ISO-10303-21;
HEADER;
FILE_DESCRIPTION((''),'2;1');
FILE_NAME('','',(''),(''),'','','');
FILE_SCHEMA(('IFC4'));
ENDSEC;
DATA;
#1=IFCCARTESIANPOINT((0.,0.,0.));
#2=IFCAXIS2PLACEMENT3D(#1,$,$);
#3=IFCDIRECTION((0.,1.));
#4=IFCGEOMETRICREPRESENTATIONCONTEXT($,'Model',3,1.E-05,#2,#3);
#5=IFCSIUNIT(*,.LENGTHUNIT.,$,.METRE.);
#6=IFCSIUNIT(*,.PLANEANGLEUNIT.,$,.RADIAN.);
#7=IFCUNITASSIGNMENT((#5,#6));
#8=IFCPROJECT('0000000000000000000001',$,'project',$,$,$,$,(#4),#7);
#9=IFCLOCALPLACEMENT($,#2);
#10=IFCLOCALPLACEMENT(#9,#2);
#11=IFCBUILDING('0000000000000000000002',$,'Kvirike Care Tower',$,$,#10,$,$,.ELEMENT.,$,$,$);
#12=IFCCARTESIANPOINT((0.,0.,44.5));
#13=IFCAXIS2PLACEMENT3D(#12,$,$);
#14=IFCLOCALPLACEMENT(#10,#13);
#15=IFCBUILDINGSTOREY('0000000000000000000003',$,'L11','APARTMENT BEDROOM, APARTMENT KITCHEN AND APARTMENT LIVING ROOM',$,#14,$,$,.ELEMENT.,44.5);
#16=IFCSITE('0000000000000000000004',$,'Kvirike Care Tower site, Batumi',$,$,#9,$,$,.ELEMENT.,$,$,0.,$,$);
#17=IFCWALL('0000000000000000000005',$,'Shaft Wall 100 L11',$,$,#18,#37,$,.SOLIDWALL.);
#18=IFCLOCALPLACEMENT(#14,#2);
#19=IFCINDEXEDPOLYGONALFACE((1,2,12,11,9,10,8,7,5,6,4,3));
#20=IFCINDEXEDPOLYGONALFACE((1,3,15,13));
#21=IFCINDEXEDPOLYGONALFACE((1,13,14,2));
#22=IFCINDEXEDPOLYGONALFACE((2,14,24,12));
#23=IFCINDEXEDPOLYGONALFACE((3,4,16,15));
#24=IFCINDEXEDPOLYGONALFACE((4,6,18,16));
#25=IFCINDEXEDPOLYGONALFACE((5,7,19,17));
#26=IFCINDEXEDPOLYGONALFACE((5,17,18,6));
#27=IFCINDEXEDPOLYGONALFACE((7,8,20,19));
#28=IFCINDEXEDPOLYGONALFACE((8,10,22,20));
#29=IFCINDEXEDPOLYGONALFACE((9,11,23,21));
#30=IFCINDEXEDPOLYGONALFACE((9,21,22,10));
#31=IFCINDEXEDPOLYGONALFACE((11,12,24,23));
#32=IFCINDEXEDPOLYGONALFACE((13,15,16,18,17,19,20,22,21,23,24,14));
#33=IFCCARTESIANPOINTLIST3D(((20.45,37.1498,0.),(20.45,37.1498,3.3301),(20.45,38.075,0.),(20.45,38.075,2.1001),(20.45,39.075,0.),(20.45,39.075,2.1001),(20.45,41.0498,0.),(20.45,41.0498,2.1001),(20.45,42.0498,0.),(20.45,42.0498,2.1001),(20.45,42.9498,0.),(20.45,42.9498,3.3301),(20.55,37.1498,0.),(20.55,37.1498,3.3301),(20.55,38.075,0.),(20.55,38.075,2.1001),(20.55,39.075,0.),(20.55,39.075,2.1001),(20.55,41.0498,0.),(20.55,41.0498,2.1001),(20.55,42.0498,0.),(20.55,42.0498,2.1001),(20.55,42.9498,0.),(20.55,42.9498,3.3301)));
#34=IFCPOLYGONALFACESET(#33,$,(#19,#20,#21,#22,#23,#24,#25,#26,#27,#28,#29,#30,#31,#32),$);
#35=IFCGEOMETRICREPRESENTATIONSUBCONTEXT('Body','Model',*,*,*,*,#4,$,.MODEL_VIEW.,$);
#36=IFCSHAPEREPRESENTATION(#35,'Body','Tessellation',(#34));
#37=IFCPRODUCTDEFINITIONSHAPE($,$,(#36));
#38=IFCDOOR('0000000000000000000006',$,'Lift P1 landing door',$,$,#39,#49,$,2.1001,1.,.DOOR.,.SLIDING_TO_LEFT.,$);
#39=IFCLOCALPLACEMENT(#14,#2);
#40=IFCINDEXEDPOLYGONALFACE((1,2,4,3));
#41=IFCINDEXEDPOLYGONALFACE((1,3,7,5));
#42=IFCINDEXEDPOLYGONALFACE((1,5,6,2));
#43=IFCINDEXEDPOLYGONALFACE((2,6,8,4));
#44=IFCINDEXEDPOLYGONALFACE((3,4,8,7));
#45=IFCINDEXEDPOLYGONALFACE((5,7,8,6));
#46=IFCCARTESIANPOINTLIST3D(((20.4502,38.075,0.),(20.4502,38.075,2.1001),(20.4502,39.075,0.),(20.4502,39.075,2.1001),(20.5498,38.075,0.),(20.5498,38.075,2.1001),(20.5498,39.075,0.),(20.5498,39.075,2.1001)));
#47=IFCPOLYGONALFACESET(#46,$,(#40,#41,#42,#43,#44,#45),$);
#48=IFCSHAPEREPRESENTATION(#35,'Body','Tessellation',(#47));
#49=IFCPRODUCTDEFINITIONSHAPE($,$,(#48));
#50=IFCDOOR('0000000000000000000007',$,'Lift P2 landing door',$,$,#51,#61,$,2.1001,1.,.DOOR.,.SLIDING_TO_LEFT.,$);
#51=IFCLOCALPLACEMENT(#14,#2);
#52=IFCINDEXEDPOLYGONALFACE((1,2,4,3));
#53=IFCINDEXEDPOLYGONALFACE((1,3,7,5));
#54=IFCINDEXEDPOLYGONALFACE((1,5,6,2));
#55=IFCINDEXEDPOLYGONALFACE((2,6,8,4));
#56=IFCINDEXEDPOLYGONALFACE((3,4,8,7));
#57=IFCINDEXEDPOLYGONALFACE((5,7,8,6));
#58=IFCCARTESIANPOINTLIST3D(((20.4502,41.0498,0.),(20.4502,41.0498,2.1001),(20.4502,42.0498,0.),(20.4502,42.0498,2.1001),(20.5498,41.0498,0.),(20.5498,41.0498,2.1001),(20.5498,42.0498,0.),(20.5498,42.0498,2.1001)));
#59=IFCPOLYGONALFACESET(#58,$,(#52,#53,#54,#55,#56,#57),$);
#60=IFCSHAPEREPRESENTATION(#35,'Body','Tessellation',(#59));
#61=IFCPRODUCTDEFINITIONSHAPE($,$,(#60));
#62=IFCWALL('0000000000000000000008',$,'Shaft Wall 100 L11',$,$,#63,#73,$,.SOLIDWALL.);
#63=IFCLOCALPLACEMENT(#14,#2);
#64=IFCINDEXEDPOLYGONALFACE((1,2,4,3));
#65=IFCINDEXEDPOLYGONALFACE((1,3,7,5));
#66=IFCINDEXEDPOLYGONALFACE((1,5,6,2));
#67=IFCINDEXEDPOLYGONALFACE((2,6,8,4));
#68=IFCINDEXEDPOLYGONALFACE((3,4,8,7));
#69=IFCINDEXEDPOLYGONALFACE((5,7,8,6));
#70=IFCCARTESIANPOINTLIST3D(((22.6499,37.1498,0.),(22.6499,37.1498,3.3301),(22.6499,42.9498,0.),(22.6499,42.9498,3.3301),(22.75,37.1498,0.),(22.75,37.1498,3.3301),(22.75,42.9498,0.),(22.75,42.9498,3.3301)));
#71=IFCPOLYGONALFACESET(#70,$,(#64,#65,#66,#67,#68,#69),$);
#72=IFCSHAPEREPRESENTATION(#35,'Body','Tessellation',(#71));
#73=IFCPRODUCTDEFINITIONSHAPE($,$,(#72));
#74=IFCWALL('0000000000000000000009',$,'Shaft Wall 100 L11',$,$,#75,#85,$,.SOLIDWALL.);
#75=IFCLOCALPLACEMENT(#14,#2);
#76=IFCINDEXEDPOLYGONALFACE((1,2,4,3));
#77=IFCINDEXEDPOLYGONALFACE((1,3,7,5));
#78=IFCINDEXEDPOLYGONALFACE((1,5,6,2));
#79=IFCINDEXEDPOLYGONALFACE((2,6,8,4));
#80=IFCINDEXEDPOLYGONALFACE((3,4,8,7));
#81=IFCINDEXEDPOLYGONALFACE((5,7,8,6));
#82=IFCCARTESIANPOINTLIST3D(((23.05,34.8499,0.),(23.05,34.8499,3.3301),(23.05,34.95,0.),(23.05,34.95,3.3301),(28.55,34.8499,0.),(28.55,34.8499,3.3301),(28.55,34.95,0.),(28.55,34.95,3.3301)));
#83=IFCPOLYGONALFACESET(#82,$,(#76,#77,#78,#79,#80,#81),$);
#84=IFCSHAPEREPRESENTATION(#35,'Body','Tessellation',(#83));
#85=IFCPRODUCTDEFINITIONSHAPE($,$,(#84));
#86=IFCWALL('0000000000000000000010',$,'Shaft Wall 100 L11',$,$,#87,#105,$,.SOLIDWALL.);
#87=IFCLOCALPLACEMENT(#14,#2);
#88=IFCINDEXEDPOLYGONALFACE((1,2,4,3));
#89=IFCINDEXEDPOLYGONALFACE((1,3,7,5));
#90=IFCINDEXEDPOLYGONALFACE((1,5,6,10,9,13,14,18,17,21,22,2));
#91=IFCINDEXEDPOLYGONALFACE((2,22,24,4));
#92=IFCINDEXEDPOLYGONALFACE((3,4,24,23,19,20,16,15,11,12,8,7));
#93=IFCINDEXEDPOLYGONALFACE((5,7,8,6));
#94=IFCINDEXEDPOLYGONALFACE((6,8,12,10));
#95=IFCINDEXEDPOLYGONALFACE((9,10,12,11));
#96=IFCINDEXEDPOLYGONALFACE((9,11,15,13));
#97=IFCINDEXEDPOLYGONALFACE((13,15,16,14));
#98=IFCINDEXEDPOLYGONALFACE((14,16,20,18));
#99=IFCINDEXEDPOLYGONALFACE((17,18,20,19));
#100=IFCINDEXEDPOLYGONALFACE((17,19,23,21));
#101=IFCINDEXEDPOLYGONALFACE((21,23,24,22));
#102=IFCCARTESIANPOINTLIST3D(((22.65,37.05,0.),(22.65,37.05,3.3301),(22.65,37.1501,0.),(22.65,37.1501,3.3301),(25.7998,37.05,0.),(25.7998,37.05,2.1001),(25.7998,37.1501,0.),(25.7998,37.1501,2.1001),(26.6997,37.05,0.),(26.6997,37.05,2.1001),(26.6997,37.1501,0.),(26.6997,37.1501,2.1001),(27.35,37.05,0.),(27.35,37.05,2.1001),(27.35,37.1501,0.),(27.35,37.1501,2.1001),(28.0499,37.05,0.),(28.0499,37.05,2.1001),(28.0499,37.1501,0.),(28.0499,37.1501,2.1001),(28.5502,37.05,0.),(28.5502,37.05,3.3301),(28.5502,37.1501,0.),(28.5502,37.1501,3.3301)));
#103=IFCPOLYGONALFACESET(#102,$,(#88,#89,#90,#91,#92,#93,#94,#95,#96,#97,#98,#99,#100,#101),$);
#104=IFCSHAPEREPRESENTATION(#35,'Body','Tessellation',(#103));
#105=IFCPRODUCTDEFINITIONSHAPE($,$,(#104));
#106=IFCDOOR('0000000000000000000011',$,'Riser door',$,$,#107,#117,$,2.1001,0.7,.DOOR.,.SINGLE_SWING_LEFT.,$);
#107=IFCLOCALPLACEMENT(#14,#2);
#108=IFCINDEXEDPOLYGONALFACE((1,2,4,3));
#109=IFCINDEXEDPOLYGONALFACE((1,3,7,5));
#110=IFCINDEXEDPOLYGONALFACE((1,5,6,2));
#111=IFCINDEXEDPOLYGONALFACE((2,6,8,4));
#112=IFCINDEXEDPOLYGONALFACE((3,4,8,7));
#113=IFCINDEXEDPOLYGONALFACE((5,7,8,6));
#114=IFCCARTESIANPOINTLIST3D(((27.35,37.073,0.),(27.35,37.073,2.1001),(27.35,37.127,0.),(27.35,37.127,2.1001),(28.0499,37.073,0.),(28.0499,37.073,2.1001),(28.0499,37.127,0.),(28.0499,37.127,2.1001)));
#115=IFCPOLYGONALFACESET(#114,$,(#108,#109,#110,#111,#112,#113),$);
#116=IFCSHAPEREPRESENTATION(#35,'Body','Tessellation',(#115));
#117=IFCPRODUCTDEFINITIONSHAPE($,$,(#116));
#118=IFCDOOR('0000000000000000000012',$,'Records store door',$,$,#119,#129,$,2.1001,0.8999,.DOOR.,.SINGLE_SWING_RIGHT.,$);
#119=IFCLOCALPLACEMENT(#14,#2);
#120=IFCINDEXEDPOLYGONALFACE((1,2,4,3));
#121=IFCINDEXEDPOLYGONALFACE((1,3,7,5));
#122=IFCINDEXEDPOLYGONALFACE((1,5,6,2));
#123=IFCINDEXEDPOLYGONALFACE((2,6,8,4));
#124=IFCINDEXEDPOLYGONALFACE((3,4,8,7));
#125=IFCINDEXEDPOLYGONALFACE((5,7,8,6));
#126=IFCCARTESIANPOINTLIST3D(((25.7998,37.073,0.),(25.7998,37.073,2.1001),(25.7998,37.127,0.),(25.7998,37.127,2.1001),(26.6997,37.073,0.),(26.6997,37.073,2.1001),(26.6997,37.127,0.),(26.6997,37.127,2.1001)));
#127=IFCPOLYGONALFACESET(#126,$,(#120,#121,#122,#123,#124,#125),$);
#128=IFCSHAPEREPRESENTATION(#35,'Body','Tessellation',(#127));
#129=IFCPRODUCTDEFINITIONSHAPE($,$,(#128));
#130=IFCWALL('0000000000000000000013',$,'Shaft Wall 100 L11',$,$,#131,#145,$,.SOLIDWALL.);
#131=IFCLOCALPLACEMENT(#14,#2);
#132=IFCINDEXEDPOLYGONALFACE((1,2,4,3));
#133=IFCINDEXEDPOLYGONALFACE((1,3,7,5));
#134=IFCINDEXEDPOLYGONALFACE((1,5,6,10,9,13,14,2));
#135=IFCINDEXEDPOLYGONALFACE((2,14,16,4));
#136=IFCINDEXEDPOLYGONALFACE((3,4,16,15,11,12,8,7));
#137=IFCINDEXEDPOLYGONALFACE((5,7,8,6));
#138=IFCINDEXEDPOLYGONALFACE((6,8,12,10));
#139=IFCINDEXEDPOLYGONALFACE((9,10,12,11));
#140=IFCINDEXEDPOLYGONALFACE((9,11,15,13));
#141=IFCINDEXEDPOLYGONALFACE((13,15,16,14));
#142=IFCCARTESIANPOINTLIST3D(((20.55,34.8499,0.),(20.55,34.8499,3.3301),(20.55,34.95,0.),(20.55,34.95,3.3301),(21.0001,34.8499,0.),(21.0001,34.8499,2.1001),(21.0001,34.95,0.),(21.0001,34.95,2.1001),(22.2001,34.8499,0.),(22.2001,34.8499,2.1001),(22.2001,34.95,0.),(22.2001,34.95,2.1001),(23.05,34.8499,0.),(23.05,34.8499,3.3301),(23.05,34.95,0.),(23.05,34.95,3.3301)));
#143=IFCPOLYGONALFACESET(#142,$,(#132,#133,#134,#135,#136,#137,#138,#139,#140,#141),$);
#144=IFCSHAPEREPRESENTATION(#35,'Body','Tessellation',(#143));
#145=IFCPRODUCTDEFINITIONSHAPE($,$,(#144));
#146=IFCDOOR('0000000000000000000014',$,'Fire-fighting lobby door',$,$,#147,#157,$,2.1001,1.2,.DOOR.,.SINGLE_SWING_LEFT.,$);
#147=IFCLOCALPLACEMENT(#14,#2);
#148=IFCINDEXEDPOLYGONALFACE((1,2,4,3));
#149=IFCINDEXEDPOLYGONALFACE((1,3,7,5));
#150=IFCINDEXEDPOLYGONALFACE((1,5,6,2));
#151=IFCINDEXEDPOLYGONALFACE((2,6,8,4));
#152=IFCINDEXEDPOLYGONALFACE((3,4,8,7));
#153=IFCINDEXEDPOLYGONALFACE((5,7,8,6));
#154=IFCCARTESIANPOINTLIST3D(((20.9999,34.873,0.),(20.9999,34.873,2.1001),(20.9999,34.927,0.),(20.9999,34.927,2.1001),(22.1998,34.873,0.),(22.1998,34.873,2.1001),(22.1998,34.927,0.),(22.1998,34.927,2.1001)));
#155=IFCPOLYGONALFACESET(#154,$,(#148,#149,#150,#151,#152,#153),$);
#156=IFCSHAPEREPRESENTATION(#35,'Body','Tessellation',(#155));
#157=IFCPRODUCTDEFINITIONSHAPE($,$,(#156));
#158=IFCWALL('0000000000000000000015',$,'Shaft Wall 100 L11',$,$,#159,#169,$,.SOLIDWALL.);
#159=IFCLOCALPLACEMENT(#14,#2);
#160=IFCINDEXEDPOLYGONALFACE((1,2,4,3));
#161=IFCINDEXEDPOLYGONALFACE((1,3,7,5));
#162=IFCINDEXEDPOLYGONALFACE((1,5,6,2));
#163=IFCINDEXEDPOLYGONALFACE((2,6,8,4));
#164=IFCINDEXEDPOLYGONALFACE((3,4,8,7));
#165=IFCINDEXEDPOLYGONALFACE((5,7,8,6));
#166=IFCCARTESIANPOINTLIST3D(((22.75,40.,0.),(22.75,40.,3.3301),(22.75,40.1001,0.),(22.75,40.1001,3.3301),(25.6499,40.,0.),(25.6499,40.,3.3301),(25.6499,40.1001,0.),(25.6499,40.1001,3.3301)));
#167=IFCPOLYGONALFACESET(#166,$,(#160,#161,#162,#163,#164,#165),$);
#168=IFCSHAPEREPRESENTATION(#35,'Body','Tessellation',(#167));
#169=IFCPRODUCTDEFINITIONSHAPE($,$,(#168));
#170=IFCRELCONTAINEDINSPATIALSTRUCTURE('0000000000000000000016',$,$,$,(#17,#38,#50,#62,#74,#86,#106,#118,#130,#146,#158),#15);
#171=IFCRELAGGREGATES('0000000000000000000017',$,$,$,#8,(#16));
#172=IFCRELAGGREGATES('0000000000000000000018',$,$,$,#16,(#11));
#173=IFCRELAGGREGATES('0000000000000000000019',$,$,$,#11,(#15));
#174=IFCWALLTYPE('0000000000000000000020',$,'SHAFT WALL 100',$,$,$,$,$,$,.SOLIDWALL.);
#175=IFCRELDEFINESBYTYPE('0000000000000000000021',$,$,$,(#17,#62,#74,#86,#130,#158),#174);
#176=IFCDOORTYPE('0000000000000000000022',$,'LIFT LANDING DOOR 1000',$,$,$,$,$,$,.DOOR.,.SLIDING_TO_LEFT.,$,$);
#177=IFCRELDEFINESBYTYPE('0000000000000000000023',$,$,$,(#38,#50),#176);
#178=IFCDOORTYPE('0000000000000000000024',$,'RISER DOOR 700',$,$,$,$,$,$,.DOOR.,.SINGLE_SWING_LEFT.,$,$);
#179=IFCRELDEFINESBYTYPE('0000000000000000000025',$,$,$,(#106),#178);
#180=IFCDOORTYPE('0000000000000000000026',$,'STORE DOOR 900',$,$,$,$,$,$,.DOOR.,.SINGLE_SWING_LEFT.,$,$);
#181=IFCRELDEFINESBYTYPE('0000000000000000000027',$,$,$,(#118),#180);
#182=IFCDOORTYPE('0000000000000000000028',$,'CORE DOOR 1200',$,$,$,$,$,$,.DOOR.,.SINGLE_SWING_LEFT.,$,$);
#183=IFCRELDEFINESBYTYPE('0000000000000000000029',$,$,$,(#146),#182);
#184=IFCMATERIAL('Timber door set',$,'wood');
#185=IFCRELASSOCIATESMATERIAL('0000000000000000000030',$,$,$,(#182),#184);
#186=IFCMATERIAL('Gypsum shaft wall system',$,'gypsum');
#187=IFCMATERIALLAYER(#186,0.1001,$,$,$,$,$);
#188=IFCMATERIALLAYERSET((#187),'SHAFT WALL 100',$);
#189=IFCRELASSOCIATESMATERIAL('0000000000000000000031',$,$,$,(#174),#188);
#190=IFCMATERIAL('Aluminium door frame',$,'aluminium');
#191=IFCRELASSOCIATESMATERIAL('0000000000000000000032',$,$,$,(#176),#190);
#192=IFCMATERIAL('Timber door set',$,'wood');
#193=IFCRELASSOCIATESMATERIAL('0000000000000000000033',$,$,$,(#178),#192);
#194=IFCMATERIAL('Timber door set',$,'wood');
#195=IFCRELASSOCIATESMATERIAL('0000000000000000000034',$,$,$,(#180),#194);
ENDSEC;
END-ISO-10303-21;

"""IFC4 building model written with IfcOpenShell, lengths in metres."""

from ifc_helpers import new_model, si_unit, direction, frame, frame_2d, origin, place, context, subcontext, project, spatial, rectangle, extrude, material, layer, layer_set, type_object, element, fill, save


model = new_model("IFC4")

# Units and contexts
model_context = context("Model", 3, precision=1e-05, world=origin(), true_north=direction((0.0, 1.0)))
body_context = subcontext(model_context, "Body", "Model", "MODEL_VIEW")
ifc_project = project(units=[si_unit("LENGTHUNIT", "METRE"), si_unit("PLANEANGLEUNIT", "RADIAN")], contexts=[model_context])

# Site, building, storey
site_placement = place(None, origin())
site = spatial("IfcSite", under=ifc_project, at=site_placement, Name="Kvirike Care Tower site, Batumi", CompositionType="ELEMENT", RefElevation=0.0)
building_placement = place(site_placement, origin())
building = spatial("IfcBuilding", under=site, at=building_placement, Name="Kvirike Care Tower", CompositionType="ELEMENT")
storey_placement = place(building_placement, frame((0.0, 0.0, 44.5)))
storey = spatial("IfcBuildingStorey", under=building, at=storey_placement, Name="L11", Description="APARTMENT BEDROOM, APARTMENT KITCHEN AND APARTMENT LIVING ROOM", CompositionType="ELEMENT", Elevation=44.5)

# Shared definitions
ifc_material_1 = material(Name="Timber door set", Category="wood")
door_type_1 = type_object("IfcDoorType", Name="CORE DOOR 1200", OperationType="SINGLE_SWING_LEFT", PredefinedType="DOOR", material=ifc_material_1)

# Shared definitions
ifc_material_2 = material(Name="Gypsum shaft wall system", Category="gypsum")
ifc_layer_1 = layer(ifc_material_2, 0.1001)
ifc_layer_set_1 = layer_set([ifc_layer_1], Name="SHAFT WALL 100")
wall_type_1 = type_object("IfcWallType", Name="SHAFT WALL 100", PredefinedType="SOLIDWALL", material=ifc_layer_set_1)

# Wall, openings, doors
wall_1_placement = place(storey_placement, frame((20.5, 37.1499, 0.0), z_axis=(0.0, 0.0, 1.0), x_axis=(0.0, 1.0, 0.0)))
wall_1 = element("IfcWall", 1, at=wall_1_placement, inside=storey, type_object=wall_type_1, Name="Shaft Wall 100 L11", PredefinedType="SOLIDWALL", context=body_context, shape_type="SweptSolid", body=[
    extrude(rectangle(XDim=5.8, YDim=0.1001, at=frame_2d((2.8999, 0.0))), origin(), (0.0, 0.0, 1.0), 3.3301),
])
opening_1_placement = place(wall_1_placement, frame((0.925, 0.0, 0.0)))
opening_1 = element("IfcOpeningElement", 2, at=opening_1_placement, cuts=wall_1, PredefinedType="OPENING", context=body_context, shape_type="SweptSolid", body=[
    extrude(rectangle(XDim=1.0, YDim=2.1001, at=frame_2d((0.5, 1.05))), frame((0.0, 0.0605, 0.0), z_axis=(0.0, -1.0, 0.0), x_axis=(1.0, 0.0, 0.0)), (0.0, 0.0, 1.0), 0.1211),
])
opening_2_placement = place(wall_1_placement, frame((3.8999, 0.0, 0.0)))
opening_2 = element("IfcOpeningElement", 3, at=opening_2_placement, cuts=wall_1, PredefinedType="OPENING", context=body_context, shape_type="SweptSolid", body=[
    extrude(rectangle(XDim=1.0, YDim=2.1001, at=frame_2d((0.5, 1.05))), frame((0.0, 0.0605, 0.0), z_axis=(0.0, -1.0, 0.0), x_axis=(1.0, 0.0, 0.0)), (0.0, 0.0, 1.0), 0.1211),
])
ifc_material_3 = material(Name="Aluminium door frame", Category="aluminium")
door_type_2 = type_object("IfcDoorType", Name="LIFT LANDING DOOR 1000", OperationType="SLIDING_TO_LEFT", PredefinedType="DOOR", material=ifc_material_3)
door_1_placement = place(opening_1_placement, origin())
door_1 = element("IfcDoor", 4, at=door_1_placement, inside=storey, type_object=door_type_2, Name="Lift P1 landing door", OperationType="SLIDING_TO_LEFT", OverallHeight=2.1001, OverallWidth=1.0, PredefinedType="DOOR", context=body_context, shape_type="SweptSolid", body=[
    extrude(rectangle(XDim=1.0, YDim=2.1001, at=frame_2d((0.5, 1.05))), frame((0.0, 0.0498, 0.0), z_axis=(0.0, -1.0, 0.0), x_axis=(1.0, 0.0, 0.0)), (0.0, 0.0, 1.0), 0.0996),
])
fill(opening_1, door_1)
door_2_placement = place(opening_2_placement, origin())
door_2 = element("IfcDoor", 5, at=door_2_placement, inside=storey, type_object=door_type_2, Name="Lift P2 landing door", OperationType="SLIDING_TO_LEFT", OverallHeight=2.1001, OverallWidth=1.0, PredefinedType="DOOR", context=body_context, shape_type="SweptSolid", body=[
    extrude(rectangle(XDim=1.0, YDim=2.1001, at=frame_2d((0.5, 1.05))), frame((0.0, 0.0498, 0.0), z_axis=(0.0, -1.0, 0.0), x_axis=(1.0, 0.0, 0.0)), (0.0, 0.0, 1.0), 0.0996),
])
fill(opening_2, door_2)

# Walls
wall_2_placement = place(storey_placement, frame((22.7, 37.1499, 0.0), z_axis=(0.0, 0.0, 1.0), x_axis=(0.0, 1.0, 0.0)))
element("IfcWall", 6, at=wall_2_placement, inside=storey, type_object=wall_type_1, Name="Shaft Wall 100 L11", PredefinedType="SOLIDWALL", context=body_context, shape_type="SweptSolid", body=[
    extrude(rectangle(XDim=5.8, YDim=0.1001, at=frame_2d((2.8999, 0.0))), origin(), (0.0, 0.0, 1.0), 3.3301),
])
wall_3_placement = place(storey_placement, frame((23.05, 34.8999, 0.0), z_axis=(0.0, 0.0, 1.0), x_axis=(1.0, 0.0, 0.0)))
element("IfcWall", 7, at=wall_3_placement, inside=storey, type_object=wall_type_1, Name="Shaft Wall 100 L11", PredefinedType="SOLIDWALL", context=body_context, shape_type="SweptSolid", body=[
    extrude(rectangle(XDim=5.5, YDim=0.1001, at=frame_2d((2.75, 0.0))), origin(), (0.0, 0.0, 1.0), 3.3301),
])

# Wall, openings, doors
wall_4_placement = place(storey_placement, frame((22.6499, 37.1001, 0.0), z_axis=(0.0, 0.0, 1.0), x_axis=(1.0, 0.0, 0.0)))
wall_4 = element("IfcWall", 8, at=wall_4_placement, inside=storey, type_object=wall_type_1, Name="Shaft Wall 100 L11", PredefinedType="SOLIDWALL", context=body_context, shape_type="SweptSolid", body=[
    extrude(rectangle(XDim=5.9001, YDim=0.1001, at=frame_2d((2.9502, 0.0))), origin(), (0.0, 0.0, 1.0), 3.3301),
])
opening_3_placement = place(wall_4_placement, frame((3.1499, 0.0, 0.0)))
opening_3 = element("IfcOpeningElement", 9, at=opening_3_placement, cuts=wall_4, PredefinedType="OPENING", context=body_context, shape_type="SweptSolid", body=[
    extrude(rectangle(XDim=0.8999, YDim=2.1001, at=frame_2d((0.45, 1.05))), frame((0.0, 0.0605, 0.0), z_axis=(0.0, -1.0, 0.0), x_axis=(1.0, 0.0, 0.0)), (0.0, 0.0, 1.0), 0.1211),
])
opening_4_placement = place(wall_4_placement, frame((4.7, 0.0, 0.0)))
opening_4 = element("IfcOpeningElement", 10, at=opening_4_placement, cuts=wall_4, PredefinedType="OPENING", context=body_context, shape_type="SweptSolid", body=[
    extrude(rectangle(XDim=0.7, YDim=2.1001, at=frame_2d((0.3501, 1.05))), frame((0.0, 0.0605, 0.0), z_axis=(0.0, -1.0, 0.0), x_axis=(1.0, 0.0, 0.0)), (0.0, 0.0, 1.0), 0.1211),
])
ifc_material_4 = material(Name="Timber door set", Category="wood")
door_type_3 = type_object("IfcDoorType", Name="RISER DOOR 700", OperationType="SINGLE_SWING_LEFT", PredefinedType="DOOR", material=ifc_material_4)
door_3_placement = place(opening_4_placement, origin())
door_3 = element("IfcDoor", 11, at=door_3_placement, inside=storey, type_object=door_type_3, Name="Riser door", OperationType="SINGLE_SWING_LEFT", OverallHeight=2.1001, OverallWidth=0.7, PredefinedType="DOOR", context=body_context, shape_type="SweptSolid", body=[
    extrude(rectangle(XDim=0.7, YDim=2.1001, at=frame_2d((0.3501, 1.05))), frame((0.0, 0.0269, 0.0), z_axis=(0.0, -1.0, 0.0), x_axis=(1.0, 0.0, 0.0)), (0.0, 0.0, 1.0), 0.054),
])
fill(opening_4, door_3)
ifc_material_5 = material(Name="Timber door set", Category="wood")
door_type_4 = type_object("IfcDoorType", Name="STORE DOOR 900", OperationType="SINGLE_SWING_LEFT", PredefinedType="DOOR", material=ifc_material_5)
door_4_placement = place(opening_3_placement, origin())
door_4 = element("IfcDoor", 12, at=door_4_placement, inside=storey, type_object=door_type_4, Name="Records store door", OperationType="SINGLE_SWING_RIGHT", OverallHeight=2.1001, OverallWidth=0.8999, PredefinedType="DOOR", context=body_context, shape_type="SweptSolid", body=[
    extrude(rectangle(XDim=0.8999, YDim=2.1001, at=frame_2d((0.45, 1.05))), frame((0.0, 0.0269, 0.0), z_axis=(0.0, -1.0, 0.0), x_axis=(1.0, 0.0, 0.0)), (0.0, 0.0, 1.0), 0.054),
])
fill(opening_3, door_4)

# Wall, opening, door
wall_5_placement = place(storey_placement, frame((20.55, 34.8999, 0.0), z_axis=(0.0, 0.0, 1.0), x_axis=(1.0, 0.0, 0.0)))
wall_5 = element("IfcWall", 13, at=wall_5_placement, inside=storey, type_object=wall_type_1, Name="Shaft Wall 100 L11", PredefinedType="SOLIDWALL", context=body_context, shape_type="SweptSolid", body=[
    extrude(rectangle(XDim=2.5, YDim=0.1001, at=frame_2d((1.25, 0.0))), origin(), (0.0, 0.0, 1.0), 3.3301),
])
opening_5_placement = place(wall_5_placement, frame((0.45, 0.0, 0.0)))
opening_5 = element("IfcOpeningElement", 14, at=opening_5_placement, cuts=wall_5, PredefinedType="OPENING", context=body_context, shape_type="SweptSolid", body=[
    extrude(rectangle(XDim=1.2, YDim=2.1001, at=frame_2d((0.6001, 1.05))), frame((0.0, 0.0605, 0.0), z_axis=(0.0, -1.0, 0.0), x_axis=(1.0, 0.0, 0.0)), (0.0, 0.0, 1.0), 0.1211),
])
door_5_placement = place(opening_5_placement, frame((1.2, 0.0, 0.0), z_axis=(0.0, 0.0, 1.0), x_axis=(-1.0, 0.0, 0.0)))
door_5 = element("IfcDoor", 15, at=door_5_placement, inside=storey, type_object=door_type_1, Name="Fire-fighting lobby door", OperationType="SINGLE_SWING_LEFT", OverallHeight=2.1001, OverallWidth=1.2, PredefinedType="DOOR", context=body_context, shape_type="SweptSolid", body=[
    extrude(rectangle(XDim=1.2, YDim=2.1001, at=frame_2d((0.6001, 1.05))), frame((0.0, 0.0269, 0.0), z_axis=(0.0, -1.0, 0.0), x_axis=(1.0, 0.0, 0.0)), (0.0, 0.0, 1.0), 0.054),
])
fill(opening_5, door_5)

# Wall
wall_6_placement = place(storey_placement, frame((22.75, 40.05, 0.0), z_axis=(0.0, 0.0, 1.0), x_axis=(1.0, 0.0, 0.0)))
element("IfcWall", 16, at=wall_6_placement, inside=storey, type_object=wall_type_1, Name="Shaft Wall 100 L11", PredefinedType="SOLIDWALL", context=body_context, shape_type="SweptSolid", body=[
    extrude(rectangle(XDim=2.8999, YDim=0.1001, at=frame_2d((1.45, 0.0))), origin(), (0.0, 0.0, 1.0), 3.3301),
])

save(model, "model.ifc")
